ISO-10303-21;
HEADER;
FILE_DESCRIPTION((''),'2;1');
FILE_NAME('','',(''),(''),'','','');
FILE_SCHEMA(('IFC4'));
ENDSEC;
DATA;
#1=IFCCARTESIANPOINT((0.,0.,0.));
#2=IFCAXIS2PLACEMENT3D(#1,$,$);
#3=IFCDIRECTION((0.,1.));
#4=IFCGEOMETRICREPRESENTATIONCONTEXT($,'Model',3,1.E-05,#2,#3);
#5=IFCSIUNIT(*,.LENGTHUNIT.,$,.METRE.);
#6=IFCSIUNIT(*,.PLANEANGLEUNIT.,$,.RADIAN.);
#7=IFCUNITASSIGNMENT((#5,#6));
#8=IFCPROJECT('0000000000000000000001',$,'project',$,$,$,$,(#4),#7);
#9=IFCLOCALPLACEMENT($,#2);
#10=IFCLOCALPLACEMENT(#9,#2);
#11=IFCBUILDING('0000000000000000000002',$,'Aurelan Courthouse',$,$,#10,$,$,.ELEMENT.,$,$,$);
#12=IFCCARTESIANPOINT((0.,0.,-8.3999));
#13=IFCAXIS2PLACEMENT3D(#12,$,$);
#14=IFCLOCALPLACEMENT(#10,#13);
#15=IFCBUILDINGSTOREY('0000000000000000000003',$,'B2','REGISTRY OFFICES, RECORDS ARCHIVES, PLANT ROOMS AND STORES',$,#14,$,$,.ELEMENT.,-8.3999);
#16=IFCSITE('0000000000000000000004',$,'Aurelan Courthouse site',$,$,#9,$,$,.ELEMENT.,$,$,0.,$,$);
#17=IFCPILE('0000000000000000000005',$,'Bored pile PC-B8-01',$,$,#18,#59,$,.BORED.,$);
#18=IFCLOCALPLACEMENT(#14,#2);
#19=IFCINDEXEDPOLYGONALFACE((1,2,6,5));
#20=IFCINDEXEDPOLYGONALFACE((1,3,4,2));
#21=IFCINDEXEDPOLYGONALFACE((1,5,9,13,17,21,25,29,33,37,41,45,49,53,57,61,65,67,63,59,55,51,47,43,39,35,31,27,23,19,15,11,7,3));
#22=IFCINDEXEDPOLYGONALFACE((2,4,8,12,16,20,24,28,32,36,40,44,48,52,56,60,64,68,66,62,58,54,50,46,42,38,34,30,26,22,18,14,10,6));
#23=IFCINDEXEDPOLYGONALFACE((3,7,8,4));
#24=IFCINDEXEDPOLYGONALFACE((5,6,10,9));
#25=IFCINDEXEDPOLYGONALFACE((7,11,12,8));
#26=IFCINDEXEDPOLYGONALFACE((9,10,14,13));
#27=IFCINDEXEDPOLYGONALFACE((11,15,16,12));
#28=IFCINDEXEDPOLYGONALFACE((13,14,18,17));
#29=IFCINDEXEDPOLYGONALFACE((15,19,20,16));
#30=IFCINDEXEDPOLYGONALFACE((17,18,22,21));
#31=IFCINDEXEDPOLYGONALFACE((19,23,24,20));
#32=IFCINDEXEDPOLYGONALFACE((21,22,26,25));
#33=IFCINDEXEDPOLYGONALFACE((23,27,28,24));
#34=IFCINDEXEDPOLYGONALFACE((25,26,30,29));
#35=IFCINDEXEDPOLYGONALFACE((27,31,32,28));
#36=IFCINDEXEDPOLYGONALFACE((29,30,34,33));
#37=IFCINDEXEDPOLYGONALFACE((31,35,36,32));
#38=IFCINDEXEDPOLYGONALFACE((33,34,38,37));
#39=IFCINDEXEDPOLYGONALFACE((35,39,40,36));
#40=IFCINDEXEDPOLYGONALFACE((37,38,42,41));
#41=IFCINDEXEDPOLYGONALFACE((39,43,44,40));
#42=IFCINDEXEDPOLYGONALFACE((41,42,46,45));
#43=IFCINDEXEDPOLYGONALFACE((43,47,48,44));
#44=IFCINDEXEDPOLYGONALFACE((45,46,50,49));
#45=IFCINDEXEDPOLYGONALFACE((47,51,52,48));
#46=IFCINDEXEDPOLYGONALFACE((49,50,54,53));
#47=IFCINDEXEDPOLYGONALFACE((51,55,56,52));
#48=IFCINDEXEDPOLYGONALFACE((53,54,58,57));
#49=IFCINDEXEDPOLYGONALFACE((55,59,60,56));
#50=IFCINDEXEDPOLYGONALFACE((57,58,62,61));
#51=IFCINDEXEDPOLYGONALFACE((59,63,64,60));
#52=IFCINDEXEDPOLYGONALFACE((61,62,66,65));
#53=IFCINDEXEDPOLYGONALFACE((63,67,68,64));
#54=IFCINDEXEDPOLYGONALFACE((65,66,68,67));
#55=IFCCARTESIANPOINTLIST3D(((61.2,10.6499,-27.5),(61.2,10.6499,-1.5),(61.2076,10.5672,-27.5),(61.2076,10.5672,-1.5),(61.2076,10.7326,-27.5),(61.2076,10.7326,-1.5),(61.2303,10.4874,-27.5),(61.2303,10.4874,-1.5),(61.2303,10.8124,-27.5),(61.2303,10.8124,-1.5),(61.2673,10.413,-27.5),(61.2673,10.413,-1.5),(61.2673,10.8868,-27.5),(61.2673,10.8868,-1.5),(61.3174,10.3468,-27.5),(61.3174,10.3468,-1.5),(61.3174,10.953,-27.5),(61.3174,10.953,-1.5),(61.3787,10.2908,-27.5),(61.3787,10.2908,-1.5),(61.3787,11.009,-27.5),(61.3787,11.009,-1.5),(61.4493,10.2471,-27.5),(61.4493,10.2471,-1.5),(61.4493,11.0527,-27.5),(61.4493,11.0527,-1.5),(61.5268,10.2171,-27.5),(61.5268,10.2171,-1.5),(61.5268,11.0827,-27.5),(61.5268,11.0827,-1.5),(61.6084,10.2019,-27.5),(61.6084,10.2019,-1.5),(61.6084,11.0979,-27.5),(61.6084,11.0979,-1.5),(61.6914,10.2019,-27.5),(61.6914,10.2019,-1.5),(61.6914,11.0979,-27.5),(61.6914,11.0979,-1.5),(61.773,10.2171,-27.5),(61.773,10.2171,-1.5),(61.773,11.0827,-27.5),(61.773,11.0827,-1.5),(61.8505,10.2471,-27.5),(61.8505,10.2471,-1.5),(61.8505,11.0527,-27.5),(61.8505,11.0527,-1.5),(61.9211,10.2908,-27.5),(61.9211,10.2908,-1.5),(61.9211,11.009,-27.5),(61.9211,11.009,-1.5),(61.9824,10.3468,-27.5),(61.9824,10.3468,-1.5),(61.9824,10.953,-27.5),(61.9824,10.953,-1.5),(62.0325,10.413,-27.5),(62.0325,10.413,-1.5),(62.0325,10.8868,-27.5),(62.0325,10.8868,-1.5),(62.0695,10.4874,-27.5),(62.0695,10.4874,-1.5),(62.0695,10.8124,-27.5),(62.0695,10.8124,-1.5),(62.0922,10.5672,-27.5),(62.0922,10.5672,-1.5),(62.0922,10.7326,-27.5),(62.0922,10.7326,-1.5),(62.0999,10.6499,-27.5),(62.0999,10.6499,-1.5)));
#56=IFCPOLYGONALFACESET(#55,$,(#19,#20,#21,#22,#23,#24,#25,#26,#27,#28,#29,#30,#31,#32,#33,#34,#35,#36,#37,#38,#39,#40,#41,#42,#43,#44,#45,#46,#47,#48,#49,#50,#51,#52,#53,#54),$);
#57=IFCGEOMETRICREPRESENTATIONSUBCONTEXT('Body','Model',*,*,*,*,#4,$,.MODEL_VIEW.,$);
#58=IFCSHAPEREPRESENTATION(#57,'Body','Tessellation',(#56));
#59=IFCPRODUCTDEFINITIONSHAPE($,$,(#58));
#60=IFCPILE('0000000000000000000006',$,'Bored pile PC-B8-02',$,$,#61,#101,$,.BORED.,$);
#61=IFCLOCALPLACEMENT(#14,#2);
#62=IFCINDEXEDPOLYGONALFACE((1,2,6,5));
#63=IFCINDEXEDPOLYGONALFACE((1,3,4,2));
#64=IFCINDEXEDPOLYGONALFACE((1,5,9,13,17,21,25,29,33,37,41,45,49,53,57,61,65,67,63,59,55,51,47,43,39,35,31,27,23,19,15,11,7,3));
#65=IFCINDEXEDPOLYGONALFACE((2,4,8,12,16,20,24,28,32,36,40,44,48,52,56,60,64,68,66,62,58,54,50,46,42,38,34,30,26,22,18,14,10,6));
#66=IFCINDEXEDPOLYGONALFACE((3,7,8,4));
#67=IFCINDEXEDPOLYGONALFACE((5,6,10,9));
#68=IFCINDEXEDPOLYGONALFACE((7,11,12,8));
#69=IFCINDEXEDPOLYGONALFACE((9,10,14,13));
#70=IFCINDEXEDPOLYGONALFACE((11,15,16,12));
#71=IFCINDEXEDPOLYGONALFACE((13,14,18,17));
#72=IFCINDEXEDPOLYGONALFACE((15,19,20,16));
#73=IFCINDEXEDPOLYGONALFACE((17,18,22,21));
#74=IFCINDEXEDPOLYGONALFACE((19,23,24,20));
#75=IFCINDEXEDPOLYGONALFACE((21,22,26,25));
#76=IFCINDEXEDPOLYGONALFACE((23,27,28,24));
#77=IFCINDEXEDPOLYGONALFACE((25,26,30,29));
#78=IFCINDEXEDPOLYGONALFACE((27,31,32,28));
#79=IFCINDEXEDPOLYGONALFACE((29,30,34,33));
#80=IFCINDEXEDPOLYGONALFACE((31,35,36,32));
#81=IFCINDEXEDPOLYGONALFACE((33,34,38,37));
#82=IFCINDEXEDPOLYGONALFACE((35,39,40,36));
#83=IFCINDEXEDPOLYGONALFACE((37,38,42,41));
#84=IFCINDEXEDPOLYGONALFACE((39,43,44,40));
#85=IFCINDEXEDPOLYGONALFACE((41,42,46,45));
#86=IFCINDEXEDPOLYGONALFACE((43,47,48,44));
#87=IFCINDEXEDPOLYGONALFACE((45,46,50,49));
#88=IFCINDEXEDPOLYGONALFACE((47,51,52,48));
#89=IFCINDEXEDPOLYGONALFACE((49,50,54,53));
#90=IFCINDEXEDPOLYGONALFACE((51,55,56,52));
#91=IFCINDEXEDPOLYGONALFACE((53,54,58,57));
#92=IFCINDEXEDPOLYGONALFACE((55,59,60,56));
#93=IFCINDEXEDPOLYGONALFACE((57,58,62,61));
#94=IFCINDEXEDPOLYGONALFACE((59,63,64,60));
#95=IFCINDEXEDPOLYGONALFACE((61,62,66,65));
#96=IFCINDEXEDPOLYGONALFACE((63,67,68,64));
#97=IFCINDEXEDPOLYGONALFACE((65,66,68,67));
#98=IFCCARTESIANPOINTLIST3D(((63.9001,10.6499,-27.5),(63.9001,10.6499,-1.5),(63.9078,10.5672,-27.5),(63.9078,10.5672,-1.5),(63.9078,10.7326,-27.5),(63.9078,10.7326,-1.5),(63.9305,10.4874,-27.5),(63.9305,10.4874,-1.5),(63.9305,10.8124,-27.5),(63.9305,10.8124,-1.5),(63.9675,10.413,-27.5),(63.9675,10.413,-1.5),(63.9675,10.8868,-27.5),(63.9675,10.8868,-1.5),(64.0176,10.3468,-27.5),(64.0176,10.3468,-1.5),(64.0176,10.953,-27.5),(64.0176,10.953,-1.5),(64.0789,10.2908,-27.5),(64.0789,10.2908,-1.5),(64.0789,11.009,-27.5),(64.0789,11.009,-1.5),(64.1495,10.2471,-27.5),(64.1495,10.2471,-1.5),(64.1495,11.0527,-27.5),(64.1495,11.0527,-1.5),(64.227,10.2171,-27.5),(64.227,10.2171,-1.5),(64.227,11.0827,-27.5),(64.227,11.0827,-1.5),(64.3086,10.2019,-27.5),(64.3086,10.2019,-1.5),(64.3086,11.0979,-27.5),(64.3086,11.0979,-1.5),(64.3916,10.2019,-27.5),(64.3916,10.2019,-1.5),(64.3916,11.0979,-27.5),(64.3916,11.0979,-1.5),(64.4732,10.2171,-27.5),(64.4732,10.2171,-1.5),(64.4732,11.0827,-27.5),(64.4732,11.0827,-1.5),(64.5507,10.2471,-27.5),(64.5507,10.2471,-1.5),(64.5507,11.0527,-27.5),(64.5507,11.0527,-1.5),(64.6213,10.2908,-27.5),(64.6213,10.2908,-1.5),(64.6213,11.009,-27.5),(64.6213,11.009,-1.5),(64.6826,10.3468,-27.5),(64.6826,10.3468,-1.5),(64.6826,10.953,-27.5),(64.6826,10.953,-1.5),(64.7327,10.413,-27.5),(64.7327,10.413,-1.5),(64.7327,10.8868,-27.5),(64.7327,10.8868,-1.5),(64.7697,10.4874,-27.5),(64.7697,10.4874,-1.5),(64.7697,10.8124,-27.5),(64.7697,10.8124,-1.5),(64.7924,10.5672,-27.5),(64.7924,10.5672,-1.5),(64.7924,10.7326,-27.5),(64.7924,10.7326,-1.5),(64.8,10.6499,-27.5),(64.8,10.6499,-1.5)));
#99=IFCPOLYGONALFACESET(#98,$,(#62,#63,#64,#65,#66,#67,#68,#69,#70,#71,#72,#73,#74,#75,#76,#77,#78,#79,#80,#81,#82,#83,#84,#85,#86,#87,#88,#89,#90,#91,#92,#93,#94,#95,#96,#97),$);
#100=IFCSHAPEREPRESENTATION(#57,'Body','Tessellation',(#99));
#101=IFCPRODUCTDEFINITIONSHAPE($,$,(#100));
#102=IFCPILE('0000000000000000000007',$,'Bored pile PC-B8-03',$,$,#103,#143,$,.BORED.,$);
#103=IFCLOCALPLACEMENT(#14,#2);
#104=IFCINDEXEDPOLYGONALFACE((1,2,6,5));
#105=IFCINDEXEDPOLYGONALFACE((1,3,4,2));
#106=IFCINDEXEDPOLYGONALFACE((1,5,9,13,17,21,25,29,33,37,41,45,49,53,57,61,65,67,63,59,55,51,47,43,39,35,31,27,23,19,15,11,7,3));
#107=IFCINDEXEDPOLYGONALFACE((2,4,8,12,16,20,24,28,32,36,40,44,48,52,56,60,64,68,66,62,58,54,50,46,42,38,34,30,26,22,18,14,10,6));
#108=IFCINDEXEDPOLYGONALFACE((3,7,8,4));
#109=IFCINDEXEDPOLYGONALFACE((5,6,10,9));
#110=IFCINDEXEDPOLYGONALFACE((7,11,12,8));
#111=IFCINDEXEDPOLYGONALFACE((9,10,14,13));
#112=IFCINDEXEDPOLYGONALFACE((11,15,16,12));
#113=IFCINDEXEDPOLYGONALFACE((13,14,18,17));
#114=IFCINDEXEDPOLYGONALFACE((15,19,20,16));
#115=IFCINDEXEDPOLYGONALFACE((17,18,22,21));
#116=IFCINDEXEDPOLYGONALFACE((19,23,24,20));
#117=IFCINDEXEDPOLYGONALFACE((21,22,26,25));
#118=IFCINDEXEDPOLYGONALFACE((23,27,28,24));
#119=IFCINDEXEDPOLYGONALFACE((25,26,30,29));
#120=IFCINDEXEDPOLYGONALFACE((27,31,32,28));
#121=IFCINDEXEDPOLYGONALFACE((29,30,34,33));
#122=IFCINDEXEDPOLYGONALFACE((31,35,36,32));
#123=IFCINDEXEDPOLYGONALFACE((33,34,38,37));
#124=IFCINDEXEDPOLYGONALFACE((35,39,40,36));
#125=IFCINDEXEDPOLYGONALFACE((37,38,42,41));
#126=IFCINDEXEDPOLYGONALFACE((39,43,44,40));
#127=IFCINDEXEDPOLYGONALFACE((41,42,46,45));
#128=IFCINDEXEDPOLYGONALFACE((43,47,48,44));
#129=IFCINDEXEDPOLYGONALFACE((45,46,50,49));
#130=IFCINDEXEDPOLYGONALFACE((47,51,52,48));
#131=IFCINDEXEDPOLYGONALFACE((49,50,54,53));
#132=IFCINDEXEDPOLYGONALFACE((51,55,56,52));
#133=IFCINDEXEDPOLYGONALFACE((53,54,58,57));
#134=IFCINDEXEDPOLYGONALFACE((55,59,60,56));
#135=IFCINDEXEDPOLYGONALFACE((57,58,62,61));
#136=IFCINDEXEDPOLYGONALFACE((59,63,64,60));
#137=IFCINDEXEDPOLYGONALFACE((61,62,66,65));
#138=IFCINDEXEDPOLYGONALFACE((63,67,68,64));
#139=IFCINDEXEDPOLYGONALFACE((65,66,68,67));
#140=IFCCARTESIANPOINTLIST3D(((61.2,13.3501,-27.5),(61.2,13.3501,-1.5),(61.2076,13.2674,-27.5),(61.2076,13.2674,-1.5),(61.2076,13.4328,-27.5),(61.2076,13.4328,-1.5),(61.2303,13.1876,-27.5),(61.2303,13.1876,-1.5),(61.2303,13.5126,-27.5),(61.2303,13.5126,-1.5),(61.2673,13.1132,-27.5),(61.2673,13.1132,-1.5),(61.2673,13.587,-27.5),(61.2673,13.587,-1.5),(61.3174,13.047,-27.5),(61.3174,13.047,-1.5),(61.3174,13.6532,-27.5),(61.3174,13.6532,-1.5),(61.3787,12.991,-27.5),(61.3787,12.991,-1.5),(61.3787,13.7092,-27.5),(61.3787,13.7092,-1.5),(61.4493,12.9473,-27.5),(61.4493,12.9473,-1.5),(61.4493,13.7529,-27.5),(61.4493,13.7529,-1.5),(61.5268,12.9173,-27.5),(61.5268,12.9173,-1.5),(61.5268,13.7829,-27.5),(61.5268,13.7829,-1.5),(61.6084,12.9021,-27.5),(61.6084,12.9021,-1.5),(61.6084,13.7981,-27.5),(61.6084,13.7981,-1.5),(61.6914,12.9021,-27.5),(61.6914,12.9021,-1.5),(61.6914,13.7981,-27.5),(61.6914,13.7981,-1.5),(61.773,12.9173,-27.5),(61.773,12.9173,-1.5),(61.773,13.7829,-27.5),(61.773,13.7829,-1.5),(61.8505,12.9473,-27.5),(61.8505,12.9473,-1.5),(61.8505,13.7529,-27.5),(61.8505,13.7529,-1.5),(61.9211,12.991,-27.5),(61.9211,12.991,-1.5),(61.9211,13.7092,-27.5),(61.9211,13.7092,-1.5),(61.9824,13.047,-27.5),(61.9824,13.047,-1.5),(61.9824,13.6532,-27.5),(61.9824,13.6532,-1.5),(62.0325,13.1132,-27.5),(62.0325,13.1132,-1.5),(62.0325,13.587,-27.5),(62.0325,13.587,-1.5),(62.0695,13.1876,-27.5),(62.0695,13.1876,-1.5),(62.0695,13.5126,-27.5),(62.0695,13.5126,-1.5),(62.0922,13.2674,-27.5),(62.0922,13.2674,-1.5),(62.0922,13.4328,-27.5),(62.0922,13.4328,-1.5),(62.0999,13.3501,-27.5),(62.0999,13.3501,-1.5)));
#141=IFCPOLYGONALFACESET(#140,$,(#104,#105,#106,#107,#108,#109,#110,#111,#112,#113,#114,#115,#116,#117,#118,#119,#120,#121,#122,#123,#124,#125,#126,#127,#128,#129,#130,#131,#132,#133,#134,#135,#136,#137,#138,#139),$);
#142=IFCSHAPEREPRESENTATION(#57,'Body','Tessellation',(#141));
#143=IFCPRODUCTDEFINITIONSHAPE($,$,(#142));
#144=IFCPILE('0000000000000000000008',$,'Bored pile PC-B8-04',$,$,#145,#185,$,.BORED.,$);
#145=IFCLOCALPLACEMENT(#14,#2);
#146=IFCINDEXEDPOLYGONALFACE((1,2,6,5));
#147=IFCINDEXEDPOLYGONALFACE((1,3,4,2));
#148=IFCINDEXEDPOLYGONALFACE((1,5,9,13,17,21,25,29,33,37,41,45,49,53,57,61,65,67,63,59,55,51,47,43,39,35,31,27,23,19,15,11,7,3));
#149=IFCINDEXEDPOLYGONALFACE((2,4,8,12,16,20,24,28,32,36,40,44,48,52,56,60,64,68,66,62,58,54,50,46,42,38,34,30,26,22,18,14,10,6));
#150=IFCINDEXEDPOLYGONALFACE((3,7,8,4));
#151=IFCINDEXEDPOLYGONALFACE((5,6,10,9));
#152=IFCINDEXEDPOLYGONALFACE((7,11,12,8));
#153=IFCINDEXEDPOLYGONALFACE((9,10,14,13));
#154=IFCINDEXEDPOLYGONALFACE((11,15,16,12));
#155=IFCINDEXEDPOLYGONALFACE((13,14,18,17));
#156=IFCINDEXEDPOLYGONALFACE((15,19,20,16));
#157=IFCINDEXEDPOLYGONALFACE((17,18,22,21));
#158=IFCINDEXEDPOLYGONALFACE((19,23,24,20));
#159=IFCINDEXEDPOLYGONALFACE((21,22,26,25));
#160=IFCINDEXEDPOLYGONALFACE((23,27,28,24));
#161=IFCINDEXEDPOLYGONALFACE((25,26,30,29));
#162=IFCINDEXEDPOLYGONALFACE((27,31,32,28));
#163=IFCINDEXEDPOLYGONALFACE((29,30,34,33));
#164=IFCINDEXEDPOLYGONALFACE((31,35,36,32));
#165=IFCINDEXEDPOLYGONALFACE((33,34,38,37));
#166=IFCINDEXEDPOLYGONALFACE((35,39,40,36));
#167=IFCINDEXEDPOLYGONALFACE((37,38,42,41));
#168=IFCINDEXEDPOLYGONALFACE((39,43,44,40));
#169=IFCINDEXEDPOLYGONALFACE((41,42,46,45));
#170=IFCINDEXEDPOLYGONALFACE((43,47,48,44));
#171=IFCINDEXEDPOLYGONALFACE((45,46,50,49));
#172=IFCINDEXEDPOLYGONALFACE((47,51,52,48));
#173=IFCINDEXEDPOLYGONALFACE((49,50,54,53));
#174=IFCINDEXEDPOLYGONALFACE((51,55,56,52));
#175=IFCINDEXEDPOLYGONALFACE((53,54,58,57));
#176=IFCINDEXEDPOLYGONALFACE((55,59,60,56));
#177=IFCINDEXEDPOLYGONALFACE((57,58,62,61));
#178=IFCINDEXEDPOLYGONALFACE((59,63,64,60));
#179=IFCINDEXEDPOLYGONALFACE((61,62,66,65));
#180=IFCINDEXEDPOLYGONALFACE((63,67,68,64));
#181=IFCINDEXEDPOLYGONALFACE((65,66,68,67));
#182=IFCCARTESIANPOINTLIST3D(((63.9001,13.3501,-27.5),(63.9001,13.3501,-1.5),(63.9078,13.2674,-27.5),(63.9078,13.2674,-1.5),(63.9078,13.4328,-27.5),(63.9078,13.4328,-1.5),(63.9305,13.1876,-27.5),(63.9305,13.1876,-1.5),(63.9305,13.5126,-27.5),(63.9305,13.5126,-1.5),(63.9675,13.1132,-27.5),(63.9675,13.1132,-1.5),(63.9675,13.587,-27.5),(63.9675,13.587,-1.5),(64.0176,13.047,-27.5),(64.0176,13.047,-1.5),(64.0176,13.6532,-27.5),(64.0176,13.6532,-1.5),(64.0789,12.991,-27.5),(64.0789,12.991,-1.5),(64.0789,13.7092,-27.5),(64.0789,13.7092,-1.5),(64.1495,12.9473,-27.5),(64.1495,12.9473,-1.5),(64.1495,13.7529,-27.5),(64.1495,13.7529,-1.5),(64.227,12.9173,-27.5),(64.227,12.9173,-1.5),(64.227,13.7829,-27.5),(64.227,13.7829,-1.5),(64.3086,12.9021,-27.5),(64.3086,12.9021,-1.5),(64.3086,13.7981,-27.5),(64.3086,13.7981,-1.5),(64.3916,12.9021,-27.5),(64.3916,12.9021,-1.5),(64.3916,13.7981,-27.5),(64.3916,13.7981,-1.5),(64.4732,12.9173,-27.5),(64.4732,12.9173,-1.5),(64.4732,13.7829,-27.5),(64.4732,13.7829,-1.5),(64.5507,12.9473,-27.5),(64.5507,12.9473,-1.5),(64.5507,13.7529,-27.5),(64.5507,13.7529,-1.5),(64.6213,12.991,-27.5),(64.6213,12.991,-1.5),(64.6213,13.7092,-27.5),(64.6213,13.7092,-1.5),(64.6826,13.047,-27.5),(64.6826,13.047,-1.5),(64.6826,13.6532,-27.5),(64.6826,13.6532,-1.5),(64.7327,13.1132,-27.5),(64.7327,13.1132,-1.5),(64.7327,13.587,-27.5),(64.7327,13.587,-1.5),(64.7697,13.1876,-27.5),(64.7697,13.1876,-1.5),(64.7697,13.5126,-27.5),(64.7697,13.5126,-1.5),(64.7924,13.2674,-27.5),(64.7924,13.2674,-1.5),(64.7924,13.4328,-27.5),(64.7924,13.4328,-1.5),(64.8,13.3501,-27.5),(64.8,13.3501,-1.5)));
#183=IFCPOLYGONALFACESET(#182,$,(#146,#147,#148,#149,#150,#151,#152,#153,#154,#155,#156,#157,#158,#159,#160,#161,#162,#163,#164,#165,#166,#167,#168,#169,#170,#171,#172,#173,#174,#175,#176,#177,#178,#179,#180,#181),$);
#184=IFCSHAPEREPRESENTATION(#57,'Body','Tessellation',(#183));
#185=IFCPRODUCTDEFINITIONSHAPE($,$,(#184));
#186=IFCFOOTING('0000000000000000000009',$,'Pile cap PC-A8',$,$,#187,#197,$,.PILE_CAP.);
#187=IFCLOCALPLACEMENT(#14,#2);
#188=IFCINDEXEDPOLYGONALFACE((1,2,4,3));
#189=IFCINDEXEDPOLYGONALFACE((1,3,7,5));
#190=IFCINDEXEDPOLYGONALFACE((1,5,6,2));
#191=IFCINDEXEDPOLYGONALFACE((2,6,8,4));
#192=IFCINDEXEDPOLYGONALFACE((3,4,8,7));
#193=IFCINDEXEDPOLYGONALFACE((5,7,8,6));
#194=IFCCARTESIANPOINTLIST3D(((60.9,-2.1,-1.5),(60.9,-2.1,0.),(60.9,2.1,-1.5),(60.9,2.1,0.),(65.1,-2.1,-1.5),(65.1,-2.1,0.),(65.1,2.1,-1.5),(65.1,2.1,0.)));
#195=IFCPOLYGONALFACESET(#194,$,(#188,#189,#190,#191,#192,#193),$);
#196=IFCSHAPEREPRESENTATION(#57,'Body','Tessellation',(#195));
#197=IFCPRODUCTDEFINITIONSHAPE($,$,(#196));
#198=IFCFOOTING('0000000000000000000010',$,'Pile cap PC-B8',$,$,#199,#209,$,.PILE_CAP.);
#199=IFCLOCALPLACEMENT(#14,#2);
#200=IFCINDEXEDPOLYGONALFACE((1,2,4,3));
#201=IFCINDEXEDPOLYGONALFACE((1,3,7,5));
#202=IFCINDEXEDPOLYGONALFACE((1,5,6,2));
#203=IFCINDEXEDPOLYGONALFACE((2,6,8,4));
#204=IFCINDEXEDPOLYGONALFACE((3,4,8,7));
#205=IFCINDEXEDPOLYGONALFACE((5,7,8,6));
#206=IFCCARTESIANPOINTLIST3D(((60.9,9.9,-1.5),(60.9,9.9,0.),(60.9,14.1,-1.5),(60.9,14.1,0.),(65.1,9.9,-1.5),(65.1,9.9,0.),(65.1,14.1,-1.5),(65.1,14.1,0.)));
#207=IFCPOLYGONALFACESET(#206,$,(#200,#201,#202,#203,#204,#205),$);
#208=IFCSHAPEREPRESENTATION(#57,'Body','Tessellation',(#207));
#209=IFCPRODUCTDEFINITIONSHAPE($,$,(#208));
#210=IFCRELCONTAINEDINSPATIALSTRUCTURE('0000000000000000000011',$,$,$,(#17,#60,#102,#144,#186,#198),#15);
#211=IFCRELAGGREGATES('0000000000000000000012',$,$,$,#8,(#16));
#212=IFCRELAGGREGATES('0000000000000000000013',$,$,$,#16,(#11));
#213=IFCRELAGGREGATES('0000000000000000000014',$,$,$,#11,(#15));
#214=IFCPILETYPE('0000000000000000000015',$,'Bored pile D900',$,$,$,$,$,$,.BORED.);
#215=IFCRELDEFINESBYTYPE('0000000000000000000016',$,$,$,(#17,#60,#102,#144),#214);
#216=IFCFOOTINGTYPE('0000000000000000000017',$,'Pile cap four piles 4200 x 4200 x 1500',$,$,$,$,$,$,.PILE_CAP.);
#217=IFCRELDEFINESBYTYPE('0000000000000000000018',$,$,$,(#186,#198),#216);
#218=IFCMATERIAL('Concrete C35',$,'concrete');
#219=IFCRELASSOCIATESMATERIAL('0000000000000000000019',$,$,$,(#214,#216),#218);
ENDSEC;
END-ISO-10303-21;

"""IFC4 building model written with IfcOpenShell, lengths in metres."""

from ifc_helpers import new_model, si_unit, direction, frame, origin, origin_2d, place, context, subcontext, project, spatial, rectangle, circle, extrude, material, material_profile, profile_set, type_object, element, save


model = new_model("IFC4")

# Units and contexts
model_context = context("Model", 3, precision=1e-05, world=origin(), true_north=direction((0.0, 1.0)))
body_context = subcontext(model_context, "Body", "Model", "MODEL_VIEW")
ifc_project = project(units=[si_unit("LENGTHUNIT", "METRE"), si_unit("PLANEANGLEUNIT", "RADIAN")], contexts=[model_context])

# Site, building, storey
site_placement = place(None, origin())
site = spatial("IfcSite", under=ifc_project, at=site_placement, Name="Aurelan Courthouse site", CompositionType="ELEMENT", RefElevation=0.0)
building_placement = place(site_placement, origin())
building = spatial("IfcBuilding", under=site, at=building_placement, Name="Aurelan Courthouse", CompositionType="ELEMENT")
storey_placement = place(building_placement, frame((0.0, 0.0, -8.3999)))
storey = spatial("IfcBuildingStorey", under=building, at=storey_placement, Name="B2", Description="REGISTRY OFFICES, RECORDS ARCHIVES, PLANT ROOMS AND STORES", CompositionType="ELEMENT", Elevation=-8.3999)

# Piles
ifc_material_1 = material(Name="Concrete C35", Category="concrete")
ifc_material_profile_1 = material_profile(ifc_material_1, circle(Radius=0.45, at=origin_2d()), Name="D900")
ifc_profile_set_1 = profile_set([ifc_material_profile_1], Name="Concrete C35")
pile_type = type_object("IfcPileType", Name="Bored pile D900", PredefinedType="BORED", material=ifc_profile_set_1)
for number, where, z_axis, x_axis, name in (
    (1, (61.6499, 10.6499, -1.5), (0.0, 0.0, -1.0), (1.0, 0.0, 0.0), "Bored pile PC-B8-01"),
    (2, (64.3501, 10.6499, -1.5), (0.0, 0.0, -1.0), (1.0, 0.0, 0.0), "Bored pile PC-B8-02"),
    (3, (61.6499, 13.3501, -1.5), (0.0, 0.0, -1.0), (1.0, 0.0, 0.0), "Bored pile PC-B8-03"),
    (4, (64.3501, 13.3501, -1.5), (0.0, 0.0, -1.0), (1.0, 0.0, 0.0), "Bored pile PC-B8-04"),
):
    element("IfcPile", number, at=place(storey_placement, frame(where, z_axis=z_axis, x_axis=x_axis)), inside=storey, type_object=pile_type, Name=name, PredefinedType="BORED", context=body_context, shape_type="SweptSolid", body=[
        extrude(circle(Radius=0.45, at=origin_2d()), origin(), (0.0, 0.0, 1.0), 26.0),
    ])

# Footings
footing_type_1 = type_object("IfcFootingType", Name="Pile cap four piles 4200 x 4200 x 1500", PredefinedType="PILE_CAP", material=ifc_material_1)
for number, where, z_axis, x_axis, name in (
    (5, (63.0, 0.0, -1.5), (0.0, 0.0, 1.0), (1.0, 0.0, 0.0), "Pile cap PC-A8"),
    (6, (63.0, 12.0, -1.5), (0.0, 0.0, 1.0), (1.0, 0.0, 0.0), "Pile cap PC-B8"),
):
    element("IfcFooting", number, at=place(storey_placement, frame(where, z_axis=z_axis, x_axis=x_axis)), inside=storey, type_object=footing_type_1, Name=name, PredefinedType="PILE_CAP", context=body_context, shape_type="SweptSolid", body=[
        extrude(rectangle(XDim=4.2, YDim=4.2, at=origin_2d()), origin(), (0.0, 0.0, 1.0), 1.5),
    ])

save(model, "model.ifc")
